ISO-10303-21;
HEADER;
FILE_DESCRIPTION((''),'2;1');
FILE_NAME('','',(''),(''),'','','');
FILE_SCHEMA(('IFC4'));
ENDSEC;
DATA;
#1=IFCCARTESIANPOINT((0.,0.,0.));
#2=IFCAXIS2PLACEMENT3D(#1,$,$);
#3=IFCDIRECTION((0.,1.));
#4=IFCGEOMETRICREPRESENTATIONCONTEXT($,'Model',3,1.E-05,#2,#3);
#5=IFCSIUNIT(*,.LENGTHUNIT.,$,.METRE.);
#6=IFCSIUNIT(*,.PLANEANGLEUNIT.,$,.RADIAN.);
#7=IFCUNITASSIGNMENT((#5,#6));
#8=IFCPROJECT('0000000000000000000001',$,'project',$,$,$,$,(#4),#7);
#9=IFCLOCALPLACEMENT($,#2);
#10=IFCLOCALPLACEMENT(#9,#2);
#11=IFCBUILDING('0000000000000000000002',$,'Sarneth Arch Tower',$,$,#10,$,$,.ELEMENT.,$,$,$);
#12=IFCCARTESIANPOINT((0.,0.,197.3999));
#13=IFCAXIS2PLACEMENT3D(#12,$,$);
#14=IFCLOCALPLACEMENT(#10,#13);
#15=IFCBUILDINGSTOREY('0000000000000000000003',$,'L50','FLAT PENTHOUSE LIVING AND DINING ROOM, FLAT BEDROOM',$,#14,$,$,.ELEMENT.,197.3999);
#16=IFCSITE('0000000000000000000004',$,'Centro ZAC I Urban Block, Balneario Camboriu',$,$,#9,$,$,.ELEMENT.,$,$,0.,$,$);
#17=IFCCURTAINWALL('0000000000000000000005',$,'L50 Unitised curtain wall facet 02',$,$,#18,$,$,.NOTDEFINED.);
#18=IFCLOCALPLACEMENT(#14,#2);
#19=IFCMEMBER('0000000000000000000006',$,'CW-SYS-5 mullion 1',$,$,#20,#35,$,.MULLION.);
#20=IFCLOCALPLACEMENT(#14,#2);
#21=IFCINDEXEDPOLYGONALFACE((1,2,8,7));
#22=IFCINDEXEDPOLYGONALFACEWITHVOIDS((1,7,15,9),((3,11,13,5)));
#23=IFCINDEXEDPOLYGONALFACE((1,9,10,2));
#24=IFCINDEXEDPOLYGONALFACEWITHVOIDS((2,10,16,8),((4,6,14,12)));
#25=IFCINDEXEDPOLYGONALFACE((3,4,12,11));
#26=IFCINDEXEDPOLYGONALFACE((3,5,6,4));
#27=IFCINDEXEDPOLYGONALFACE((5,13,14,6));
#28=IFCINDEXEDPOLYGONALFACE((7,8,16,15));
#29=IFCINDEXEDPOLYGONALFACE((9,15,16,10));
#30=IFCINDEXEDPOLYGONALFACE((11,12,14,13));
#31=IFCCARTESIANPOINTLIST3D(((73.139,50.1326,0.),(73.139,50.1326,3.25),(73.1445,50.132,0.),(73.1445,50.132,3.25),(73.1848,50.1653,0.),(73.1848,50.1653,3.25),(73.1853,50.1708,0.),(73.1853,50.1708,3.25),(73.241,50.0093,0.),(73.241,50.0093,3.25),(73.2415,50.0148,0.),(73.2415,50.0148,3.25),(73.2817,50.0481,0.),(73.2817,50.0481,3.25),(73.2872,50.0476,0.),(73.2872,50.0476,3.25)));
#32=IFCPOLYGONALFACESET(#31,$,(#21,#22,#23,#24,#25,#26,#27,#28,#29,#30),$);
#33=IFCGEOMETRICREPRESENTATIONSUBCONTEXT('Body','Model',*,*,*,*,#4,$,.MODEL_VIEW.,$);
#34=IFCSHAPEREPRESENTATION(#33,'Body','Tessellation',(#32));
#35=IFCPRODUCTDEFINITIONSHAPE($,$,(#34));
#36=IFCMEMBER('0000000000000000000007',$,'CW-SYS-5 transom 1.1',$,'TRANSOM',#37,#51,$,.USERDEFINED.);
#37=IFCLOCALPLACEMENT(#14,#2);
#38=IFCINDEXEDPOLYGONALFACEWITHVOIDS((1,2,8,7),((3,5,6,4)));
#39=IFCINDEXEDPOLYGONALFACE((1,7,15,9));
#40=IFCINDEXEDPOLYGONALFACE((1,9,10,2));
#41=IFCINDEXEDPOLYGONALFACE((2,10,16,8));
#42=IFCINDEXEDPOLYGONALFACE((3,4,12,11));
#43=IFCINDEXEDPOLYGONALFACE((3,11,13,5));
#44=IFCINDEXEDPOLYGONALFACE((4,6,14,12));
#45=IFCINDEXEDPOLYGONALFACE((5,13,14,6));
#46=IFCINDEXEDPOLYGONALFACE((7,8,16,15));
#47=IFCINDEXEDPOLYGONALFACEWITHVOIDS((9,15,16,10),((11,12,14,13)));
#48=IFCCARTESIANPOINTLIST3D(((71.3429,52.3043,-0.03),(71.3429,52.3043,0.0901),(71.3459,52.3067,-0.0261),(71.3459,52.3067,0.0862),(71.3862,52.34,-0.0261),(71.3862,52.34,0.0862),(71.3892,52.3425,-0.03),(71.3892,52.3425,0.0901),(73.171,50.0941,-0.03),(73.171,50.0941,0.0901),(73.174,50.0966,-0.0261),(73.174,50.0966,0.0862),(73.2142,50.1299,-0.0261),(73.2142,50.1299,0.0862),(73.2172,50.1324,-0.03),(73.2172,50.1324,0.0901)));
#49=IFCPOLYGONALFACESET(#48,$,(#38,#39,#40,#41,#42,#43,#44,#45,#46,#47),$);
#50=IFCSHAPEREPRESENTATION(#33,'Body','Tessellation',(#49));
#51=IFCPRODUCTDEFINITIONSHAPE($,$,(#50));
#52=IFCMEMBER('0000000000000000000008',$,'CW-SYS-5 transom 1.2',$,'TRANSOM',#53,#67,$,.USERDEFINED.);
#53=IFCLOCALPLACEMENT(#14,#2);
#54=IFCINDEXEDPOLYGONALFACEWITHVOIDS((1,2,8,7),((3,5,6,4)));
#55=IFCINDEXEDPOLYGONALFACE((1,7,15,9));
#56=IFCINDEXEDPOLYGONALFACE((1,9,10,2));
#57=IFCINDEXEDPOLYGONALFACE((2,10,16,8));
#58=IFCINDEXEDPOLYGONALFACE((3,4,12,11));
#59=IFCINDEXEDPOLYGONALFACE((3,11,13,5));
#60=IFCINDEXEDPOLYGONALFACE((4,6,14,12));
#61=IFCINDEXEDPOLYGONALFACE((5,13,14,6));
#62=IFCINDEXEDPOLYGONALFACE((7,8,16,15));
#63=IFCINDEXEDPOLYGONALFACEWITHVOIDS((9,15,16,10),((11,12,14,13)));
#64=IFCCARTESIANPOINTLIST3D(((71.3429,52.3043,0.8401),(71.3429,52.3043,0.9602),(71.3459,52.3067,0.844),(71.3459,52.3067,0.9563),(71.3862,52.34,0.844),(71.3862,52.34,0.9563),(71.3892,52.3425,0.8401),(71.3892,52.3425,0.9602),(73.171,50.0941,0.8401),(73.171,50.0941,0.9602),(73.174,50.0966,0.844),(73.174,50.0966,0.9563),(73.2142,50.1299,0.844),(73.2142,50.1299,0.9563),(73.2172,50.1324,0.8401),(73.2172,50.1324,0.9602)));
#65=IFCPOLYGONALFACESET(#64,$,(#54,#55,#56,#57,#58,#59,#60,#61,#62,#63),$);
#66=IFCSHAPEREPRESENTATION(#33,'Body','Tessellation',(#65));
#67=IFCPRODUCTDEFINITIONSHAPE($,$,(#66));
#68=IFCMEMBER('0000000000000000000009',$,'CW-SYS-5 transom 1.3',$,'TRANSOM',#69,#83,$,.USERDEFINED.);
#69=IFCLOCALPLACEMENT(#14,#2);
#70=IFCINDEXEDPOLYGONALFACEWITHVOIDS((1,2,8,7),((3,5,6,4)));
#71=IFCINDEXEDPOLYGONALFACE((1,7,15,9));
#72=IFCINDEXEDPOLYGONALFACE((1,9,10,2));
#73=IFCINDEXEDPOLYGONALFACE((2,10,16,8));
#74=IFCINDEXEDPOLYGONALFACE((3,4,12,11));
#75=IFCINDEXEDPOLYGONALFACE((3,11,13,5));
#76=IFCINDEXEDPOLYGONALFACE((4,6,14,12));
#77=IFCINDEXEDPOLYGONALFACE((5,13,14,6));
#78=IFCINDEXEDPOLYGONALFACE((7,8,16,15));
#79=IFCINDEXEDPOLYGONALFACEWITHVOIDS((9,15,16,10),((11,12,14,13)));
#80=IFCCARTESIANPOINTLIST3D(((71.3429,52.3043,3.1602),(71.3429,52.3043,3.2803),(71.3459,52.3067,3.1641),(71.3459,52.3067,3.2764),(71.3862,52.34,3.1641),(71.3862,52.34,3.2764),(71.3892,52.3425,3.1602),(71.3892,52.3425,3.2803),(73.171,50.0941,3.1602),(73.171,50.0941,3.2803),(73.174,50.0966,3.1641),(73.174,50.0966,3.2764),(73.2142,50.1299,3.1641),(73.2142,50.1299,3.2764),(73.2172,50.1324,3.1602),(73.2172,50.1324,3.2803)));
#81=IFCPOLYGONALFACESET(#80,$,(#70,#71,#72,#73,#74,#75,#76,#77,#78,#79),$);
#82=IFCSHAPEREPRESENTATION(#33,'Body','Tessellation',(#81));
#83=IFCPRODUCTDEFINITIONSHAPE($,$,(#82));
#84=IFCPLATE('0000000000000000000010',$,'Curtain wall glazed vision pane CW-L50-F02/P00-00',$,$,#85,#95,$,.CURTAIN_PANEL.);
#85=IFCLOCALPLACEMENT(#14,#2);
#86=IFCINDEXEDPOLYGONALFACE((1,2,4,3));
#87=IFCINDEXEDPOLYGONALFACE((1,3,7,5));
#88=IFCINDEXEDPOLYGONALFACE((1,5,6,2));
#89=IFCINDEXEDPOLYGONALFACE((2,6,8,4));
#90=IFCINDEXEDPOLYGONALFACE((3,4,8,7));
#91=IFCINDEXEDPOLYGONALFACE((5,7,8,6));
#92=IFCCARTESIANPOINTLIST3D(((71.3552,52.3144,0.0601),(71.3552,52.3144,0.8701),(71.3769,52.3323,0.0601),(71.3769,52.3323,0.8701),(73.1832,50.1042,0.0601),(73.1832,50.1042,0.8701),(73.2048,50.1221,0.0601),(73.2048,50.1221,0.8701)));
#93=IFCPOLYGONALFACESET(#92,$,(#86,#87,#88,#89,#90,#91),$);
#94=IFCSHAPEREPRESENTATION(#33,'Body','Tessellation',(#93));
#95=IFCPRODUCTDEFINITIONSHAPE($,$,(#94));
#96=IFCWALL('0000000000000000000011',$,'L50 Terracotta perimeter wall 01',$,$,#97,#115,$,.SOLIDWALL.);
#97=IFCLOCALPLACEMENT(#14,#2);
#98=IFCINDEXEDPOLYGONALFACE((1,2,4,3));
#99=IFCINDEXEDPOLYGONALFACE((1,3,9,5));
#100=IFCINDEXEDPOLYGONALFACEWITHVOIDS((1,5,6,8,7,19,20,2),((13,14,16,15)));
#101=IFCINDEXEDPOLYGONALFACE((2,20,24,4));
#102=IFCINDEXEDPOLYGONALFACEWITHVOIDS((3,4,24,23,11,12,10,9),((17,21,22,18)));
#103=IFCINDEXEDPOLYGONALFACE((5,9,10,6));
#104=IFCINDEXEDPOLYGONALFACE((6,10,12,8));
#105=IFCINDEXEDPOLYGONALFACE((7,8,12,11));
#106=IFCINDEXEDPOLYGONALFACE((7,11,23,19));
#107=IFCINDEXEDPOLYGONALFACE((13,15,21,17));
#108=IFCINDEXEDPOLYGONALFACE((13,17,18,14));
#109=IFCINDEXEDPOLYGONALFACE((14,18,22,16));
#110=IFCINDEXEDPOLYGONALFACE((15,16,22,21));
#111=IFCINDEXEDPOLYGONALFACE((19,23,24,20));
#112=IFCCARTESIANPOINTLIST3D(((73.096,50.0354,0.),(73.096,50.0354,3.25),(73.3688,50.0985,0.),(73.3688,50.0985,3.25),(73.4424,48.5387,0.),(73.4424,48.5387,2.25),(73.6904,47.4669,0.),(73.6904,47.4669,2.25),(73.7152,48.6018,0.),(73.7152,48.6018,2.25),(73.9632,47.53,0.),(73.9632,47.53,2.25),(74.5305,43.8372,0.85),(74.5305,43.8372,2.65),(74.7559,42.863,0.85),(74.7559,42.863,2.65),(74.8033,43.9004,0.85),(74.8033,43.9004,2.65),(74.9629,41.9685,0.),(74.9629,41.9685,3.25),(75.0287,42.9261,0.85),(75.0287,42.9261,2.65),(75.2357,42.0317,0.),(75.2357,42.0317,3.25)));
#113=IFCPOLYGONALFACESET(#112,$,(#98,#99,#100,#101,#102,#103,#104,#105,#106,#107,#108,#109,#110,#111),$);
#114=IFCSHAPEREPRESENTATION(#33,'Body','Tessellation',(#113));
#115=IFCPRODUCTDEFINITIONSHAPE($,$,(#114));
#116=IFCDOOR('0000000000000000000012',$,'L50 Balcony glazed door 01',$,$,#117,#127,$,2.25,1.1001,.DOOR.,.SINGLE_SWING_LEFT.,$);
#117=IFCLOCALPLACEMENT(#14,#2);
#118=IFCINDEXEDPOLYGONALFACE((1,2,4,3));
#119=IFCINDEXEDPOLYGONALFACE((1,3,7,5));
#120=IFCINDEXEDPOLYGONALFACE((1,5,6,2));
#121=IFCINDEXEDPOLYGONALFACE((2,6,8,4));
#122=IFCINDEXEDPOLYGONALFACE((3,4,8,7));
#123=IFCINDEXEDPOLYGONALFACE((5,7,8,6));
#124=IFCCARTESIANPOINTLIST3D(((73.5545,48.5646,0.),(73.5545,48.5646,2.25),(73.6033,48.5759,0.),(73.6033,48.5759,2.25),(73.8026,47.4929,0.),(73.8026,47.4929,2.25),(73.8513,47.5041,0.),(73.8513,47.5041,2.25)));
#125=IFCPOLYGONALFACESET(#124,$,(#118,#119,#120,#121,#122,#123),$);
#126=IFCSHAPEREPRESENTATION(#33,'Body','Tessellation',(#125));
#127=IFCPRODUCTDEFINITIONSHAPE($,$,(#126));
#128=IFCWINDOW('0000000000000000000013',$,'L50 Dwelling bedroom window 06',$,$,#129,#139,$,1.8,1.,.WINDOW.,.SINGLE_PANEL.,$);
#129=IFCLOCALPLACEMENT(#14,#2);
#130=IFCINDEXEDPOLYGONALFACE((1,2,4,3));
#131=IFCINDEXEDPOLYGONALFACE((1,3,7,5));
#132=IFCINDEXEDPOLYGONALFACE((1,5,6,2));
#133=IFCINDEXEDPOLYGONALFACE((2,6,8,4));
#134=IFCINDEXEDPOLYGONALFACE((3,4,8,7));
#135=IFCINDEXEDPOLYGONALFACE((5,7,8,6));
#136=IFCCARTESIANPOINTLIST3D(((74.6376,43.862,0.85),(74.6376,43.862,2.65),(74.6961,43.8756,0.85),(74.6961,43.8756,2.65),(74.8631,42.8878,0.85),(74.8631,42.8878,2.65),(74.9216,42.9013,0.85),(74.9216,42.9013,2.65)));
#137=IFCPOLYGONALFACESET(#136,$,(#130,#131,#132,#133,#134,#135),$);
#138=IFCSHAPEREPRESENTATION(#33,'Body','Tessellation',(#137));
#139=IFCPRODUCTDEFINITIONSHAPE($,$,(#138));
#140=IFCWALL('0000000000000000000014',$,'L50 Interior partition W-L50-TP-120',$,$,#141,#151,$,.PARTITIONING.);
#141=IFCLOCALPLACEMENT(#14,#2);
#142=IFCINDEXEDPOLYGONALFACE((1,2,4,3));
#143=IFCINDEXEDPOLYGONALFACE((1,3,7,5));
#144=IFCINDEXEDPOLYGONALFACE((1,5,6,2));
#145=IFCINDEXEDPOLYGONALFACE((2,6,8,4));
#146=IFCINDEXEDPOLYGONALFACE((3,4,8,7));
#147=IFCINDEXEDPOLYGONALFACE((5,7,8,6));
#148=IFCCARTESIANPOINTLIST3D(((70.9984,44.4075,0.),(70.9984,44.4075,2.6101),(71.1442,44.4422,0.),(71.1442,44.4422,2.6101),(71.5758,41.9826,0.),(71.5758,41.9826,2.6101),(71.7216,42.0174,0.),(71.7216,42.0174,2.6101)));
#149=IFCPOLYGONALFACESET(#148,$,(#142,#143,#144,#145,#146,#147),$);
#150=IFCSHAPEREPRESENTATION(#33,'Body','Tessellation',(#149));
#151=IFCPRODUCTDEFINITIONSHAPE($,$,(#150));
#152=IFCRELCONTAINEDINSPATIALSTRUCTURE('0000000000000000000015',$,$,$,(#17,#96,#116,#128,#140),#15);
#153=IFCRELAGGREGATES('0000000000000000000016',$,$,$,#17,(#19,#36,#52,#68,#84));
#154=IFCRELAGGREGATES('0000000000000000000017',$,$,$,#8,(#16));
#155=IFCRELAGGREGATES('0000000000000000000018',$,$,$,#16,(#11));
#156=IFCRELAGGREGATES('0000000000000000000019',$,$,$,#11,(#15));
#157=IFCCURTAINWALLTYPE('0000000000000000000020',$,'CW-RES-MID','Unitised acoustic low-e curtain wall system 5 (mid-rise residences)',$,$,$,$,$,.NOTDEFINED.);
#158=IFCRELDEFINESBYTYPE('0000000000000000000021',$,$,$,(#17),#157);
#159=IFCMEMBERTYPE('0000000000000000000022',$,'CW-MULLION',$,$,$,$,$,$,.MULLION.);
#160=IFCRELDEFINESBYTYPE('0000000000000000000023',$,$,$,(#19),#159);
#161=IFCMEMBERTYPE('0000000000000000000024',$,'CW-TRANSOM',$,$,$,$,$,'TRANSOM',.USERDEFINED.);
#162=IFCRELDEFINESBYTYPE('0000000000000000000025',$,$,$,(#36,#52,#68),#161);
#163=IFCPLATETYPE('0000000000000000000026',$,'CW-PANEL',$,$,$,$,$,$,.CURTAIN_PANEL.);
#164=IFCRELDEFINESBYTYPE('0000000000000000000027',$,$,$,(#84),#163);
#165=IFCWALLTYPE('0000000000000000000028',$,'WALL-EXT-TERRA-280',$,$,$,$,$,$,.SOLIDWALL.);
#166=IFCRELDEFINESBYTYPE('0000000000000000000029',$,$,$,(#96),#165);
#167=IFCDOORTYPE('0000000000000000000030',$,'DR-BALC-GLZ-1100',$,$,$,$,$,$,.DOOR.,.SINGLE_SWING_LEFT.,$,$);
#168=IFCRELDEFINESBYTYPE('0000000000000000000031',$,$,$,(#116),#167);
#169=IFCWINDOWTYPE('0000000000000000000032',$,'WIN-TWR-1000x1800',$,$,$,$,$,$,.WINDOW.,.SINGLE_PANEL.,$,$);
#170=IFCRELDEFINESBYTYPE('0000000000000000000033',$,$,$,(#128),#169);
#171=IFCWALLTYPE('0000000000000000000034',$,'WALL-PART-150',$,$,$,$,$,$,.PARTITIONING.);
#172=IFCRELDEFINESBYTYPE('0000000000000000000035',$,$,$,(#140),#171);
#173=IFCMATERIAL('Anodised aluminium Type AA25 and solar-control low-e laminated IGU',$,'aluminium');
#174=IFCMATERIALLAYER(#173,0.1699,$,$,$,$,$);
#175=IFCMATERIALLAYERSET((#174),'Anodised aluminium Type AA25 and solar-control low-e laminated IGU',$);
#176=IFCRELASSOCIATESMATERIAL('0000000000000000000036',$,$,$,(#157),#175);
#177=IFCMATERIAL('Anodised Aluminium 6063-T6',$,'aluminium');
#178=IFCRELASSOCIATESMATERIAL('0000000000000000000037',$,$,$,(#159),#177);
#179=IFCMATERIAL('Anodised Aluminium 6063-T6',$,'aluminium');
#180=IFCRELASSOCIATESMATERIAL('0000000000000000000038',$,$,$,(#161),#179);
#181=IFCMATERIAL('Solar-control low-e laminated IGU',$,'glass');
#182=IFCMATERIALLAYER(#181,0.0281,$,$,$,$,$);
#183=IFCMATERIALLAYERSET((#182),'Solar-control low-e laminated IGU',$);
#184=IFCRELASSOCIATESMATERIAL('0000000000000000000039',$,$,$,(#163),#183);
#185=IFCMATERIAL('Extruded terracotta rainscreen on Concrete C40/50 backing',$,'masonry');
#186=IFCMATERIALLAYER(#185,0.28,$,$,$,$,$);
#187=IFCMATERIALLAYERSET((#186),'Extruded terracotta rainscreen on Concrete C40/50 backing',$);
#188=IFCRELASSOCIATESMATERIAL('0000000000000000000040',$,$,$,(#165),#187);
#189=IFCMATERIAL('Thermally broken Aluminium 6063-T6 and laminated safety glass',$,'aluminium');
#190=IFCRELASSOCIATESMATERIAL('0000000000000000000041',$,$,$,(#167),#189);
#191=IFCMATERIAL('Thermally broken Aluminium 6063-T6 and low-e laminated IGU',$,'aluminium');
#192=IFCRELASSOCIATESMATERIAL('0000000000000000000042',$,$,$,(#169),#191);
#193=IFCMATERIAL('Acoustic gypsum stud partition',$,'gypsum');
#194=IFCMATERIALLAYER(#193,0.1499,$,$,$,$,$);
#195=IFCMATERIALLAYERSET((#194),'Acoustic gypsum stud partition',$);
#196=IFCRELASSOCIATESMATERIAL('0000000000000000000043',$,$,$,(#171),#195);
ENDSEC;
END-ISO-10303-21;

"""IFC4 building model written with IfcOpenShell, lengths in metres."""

from ifc_helpers import new_model, si_unit, direction, frame, frame_2d, origin, origin_2d, place, context, subcontext, project, spatial, rectangle, hollow_rectangle, extrude, material, layer, layer_set, material_profile, profile_set, type_object, element, fill, aggregate, save


model = new_model("IFC4")

# Units and contexts
model_context = context("Model", 3, precision=1e-05, world=origin(), true_north=direction((0.0, 1.0)))
body_context = subcontext(model_context, "Body", "Model", "MODEL_VIEW")
ifc_project = project(units=[si_unit("LENGTHUNIT", "METRE"), si_unit("PLANEANGLEUNIT", "RADIAN")], contexts=[model_context])

# Site, building, storey
site_placement = place(None, origin())
site = spatial("IfcSite", under=ifc_project, at=site_placement, Name="Centro ZAC I Urban Block, Balneario Camboriu", CompositionType="ELEMENT", RefElevation=0.0)
building_placement = place(site_placement, origin())
building = spatial("IfcBuilding", under=site, at=building_placement, Name="Sarneth Arch Tower", CompositionType="ELEMENT")
storey_placement = place(building_placement, frame((0.0, 0.0, 197.3999)))
storey = spatial("IfcBuildingStorey", under=building, at=storey_placement, Name="L50", Description="FLAT PENTHOUSE LIVING AND DINING ROOM, FLAT BEDROOM", CompositionType="ELEMENT", Elevation=197.3999)

# Curtain wall, members, plate
ifc_material_1 = material(Name="Anodised aluminium Type AA25 and solar-control low-e laminated IGU", Category="aluminium")
ifc_layer_1 = layer(ifc_material_1, 0.1699)
ifc_layer_set_1 = layer_set([ifc_layer_1], Name="Anodised aluminium Type AA25 and solar-control low-e laminated IGU")
curtain_wall_type = type_object("IfcCurtainWallType", Name="CW-RES-MID", Description="Unitised acoustic low-e curtain wall system 5 (mid-rise residences)", PredefinedType="NOTDEFINED", material=ifc_layer_set_1)
curtain_wall_placement = place(storey_placement, origin())
curtain_wall = element("IfcCurtainWall", 1, at=curtain_wall_placement, inside=storey, type_object=curtain_wall_type, Name="L50 Unitised curtain wall facet 02", PredefinedType="NOTDEFINED")
ifc_material_2 = material(Name="Anodised Aluminium 6063-T6", Category="aluminium")
ifc_material_profile_1 = material_profile(ifc_material_2, hollow_rectangle(XDim=0.0601, YDim=0.1599, WallThickness=0.0039, at=origin_2d()), Name="AL-MULL-160x60x4")
ifc_profile_set_1 = profile_set([ifc_material_profile_1], Name="Anodised Aluminium 6063-T6")
member_type_1 = type_object("IfcMemberType", Name="CW-MULLION", PredefinedType="MULLION", material=ifc_profile_set_1)
member_1_placement = place(storey_placement, frame((73.2131, 50.0901, 0.0), z_axis=(0.0, 0.0, 1.0), x_axis=(-0.770591, -0.63733, 0.0)))
member_1 = element("IfcMember", 2, at=member_1_placement, type_object=member_type_1, Name="CW-SYS-5 mullion 1", PredefinedType="MULLION", context=body_context, shape_type="SweptSolid", body=[
    extrude(hollow_rectangle(XDim=0.0601, YDim=0.1599, WallThickness=0.0039, at=origin_2d()), origin(), (0.0, 0.0, 1.0), 3.25),
])
ifc_material_3 = material(Name="Anodised Aluminium 6063-T6", Category="aluminium")
ifc_material_profile_2 = material_profile(ifc_material_3, hollow_rectangle(XDim=0.0601, YDim=0.1201, WallThickness=0.0039, at=origin_2d()), Name="AL-TRAN-120x60x4")
ifc_profile_set_2 = profile_set([ifc_material_profile_2], Name="Anodised Aluminium 6063-T6")
member_type_2 = type_object("IfcMemberType", Name="CW-TRANSOM", ElementType="TRANSOM", PredefinedType="USERDEFINED", material=ifc_profile_set_2)
member_2_placement = place(storey_placement, frame((73.1941, 50.1133, 0.03), z_axis=(-0.637359, 0.770567, 0.0), x_axis=(-0.770567, -0.637359, 0.0)))
member_2 = element("IfcMember", 3, at=member_2_placement, type_object=member_type_2, Name="CW-SYS-5 transom 1.1", ObjectType="TRANSOM", PredefinedType="USERDEFINED", context=body_context, shape_type="SweptSolid", body=[
    extrude(hollow_rectangle(XDim=0.0601, YDim=0.1201, WallThickness=0.0039, at=origin_2d()), origin(), (0.0, 0.0, 1.0), 2.8682),
])
member_3_placement = place(storey_placement, frame((73.1941, 50.1133, 0.9001), z_axis=(-0.637359, 0.770567, 0.0), x_axis=(-0.770567, -0.637359, 0.0)))
member_3 = element("IfcMember", 4, at=member_3_placement, type_object=member_type_2, Name="CW-SYS-5 transom 1.2", ObjectType="TRANSOM", PredefinedType="USERDEFINED", context=body_context, shape_type="SweptSolid", body=[
    extrude(hollow_rectangle(XDim=0.0601, YDim=0.1201, WallThickness=0.0039, at=origin_2d()), origin(), (0.0, 0.0, 1.0), 2.8682),
])
member_4_placement = place(storey_placement, frame((73.1941, 50.1133, 3.2202), z_axis=(-0.637359, 0.770567, 0.0), x_axis=(-0.770567, -0.637359, 0.0)))
member_4 = element("IfcMember", 5, at=member_4_placement, type_object=member_type_2, Name="CW-SYS-5 transom 1.3", ObjectType="TRANSOM", PredefinedType="USERDEFINED", context=body_context, shape_type="SweptSolid", body=[
    extrude(hollow_rectangle(XDim=0.0601, YDim=0.1201, WallThickness=0.0039, at=origin_2d()), origin(), (0.0, 0.0, 1.0), 2.8682),
])
ifc_material_4 = material(Name="Solar-control low-e laminated IGU", Category="glass")
ifc_layer_2 = layer(ifc_material_4, 0.0281)
ifc_layer_set_2 = layer_set([ifc_layer_2], Name="Solar-control low-e laminated IGU")
plate_type = type_object("IfcPlateType", Name="CW-PANEL", PredefinedType="CURTAIN_PANEL", material=ifc_layer_set_2)
plate_placement = place(storey_placement, frame((72.28, 51.2183, 0.0601), z_axis=(0.0, 0.0, 1.0), x_axis=(-0.63733, 0.770591, 0.0)))
plate = element("IfcPlate", 6, at=plate_placement, type_object=plate_type, Name="Curtain wall glazed vision pane CW-L50-F02/P00-00", PredefinedType="CURTAIN_PANEL", context=body_context, shape_type="SweptSolid", body=[
    extrude(rectangle(XDim=2.8682, YDim=0.0281, at=origin_2d()), origin(), (0.0, 0.0, 1.0), 0.8101),
])
aggregate(curtain_wall, [member_1, member_2, member_3, member_4, plate])

# Wall, openings, door, window
ifc_material_5 = material(Name="Extruded terracotta rainscreen on Concrete C40/50 backing", Category="masonry")
ifc_layer_3 = layer(ifc_material_5, 0.28)
ifc_layer_set_3 = layer_set([ifc_layer_3], Name="Extruded terracotta rainscreen on Concrete C40/50 backing")
wall_type_1 = type_object("IfcWallType", Name="WALL-EXT-TERRA-280", PredefinedType="SOLIDWALL", material=ifc_layer_set_3)
wall_1_placement = place(storey_placement, frame((75.0994, 42.0, 0.0), z_axis=(0.0, 0.0, 1.0), x_axis=(-0.225473, 0.974249, 0.0)))
wall_1 = element("IfcWall", 7, at=wall_1_placement, inside=storey, type_object=wall_type_1, Name="L50 Terracotta perimeter wall 01", PredefinedType="SOLIDWALL", context=body_context, shape_type="SweptSolid", body=[
    extrude(rectangle(XDim=8.28, YDim=0.28, at=frame_2d((4.1401, 0.0))), origin(), (0.0, 0.0, 1.0), 3.25),
])
opening_1_placement = place(wall_1_placement, frame((5.6438, 0.0, 0.0)))
opening_1 = element("IfcOpeningElement", 8, at=opening_1_placement, cuts=wall_1, PredefinedType="OPENING", context=body_context, shape_type="SweptSolid", body=[
    extrude(rectangle(XDim=1.1001, YDim=2.25, at=frame_2d((0.55, 1.125))), frame((0.0, 0.1499, 0.0), z_axis=(0.0, -1.0, 0.0), x_axis=(1.0, 0.0, 0.0)), (0.0, 0.0, 1.0), 0.3),
])
opening_2_placement = place(wall_1_placement, frame((0.9182, 0.0, 0.8501)))
opening_2 = element("IfcOpeningElement", 9, at=opening_2_placement, cuts=wall_1, PredefinedType="OPENING", context=body_context, shape_type="SweptSolid", body=[
    extrude(rectangle(XDim=1.0, YDim=1.8, at=frame_2d((0.5, 0.8999))), frame((0.0, 0.1499, 0.0), z_axis=(0.0, -1.0, 0.0), x_axis=(1.0, 0.0, 0.0)), (0.0, 0.0, 1.0), 0.3),
])
ifc_material_6 = material(Name="Thermally broken Aluminium 6063-T6 and laminated safety glass", Category="aluminium")
door_type_1 = type_object("IfcDoorType", Name="DR-BALC-GLZ-1100", OperationType="SINGLE_SWING_LEFT", PredefinedType="DOOR", material=ifc_material_6)
door_1_placement = place(opening_1_placement, origin())
door_1 = element("IfcDoor", 10, at=door_1_placement, inside=storey, type_object=door_type_1, Name="L50 Balcony glazed door 01", OperationType="SINGLE_SWING_LEFT", OverallHeight=2.25, OverallWidth=1.1001, PredefinedType="DOOR", context=body_context, shape_type="SweptSolid", body=[
    extrude(rectangle(XDim=1.1001, YDim=2.25, at=frame_2d((0.55, 1.125))), frame((0.0, 0.0249, 0.0), z_axis=(0.0, -1.0, 0.0), x_axis=(1.0, 0.0, 0.0)), (0.0, 0.0, 1.0), 0.05),
])
fill(opening_1, door_1)
ifc_material_7 = material(Name="Thermally broken Aluminium 6063-T6 and low-e laminated IGU", Category="aluminium")
window_type = type_object("IfcWindowType", Name="WIN-TWR-1000x1800", PartitioningType="SINGLE_PANEL", PredefinedType="WINDOW", material=ifc_material_7)
window_placement = place(opening_2_placement, origin())
window = element("IfcWindow", 11, at=window_placement, inside=storey, type_object=window_type, Name="L50 Dwelling bedroom window 06", OverallHeight=1.8, OverallWidth=1.0, PartitioningType="SINGLE_PANEL", PredefinedType="WINDOW", context=body_context, shape_type="SweptSolid", body=[
    extrude(rectangle(XDim=1.0, YDim=1.8, at=frame_2d((0.5, 0.8999))), frame((0.0, 0.03, 0.0), z_axis=(0.0, -1.0, 0.0), x_axis=(1.0, 0.0, 0.0)), (0.0, 0.0, 1.0), 0.0601),
])
fill(opening_2, window)

# Wall
ifc_material_8 = material(Name="Acoustic gypsum stud partition", Category="gypsum")
ifc_layer_4 = layer(ifc_material_8, 0.1499)
ifc_layer_set_4 = layer_set([ifc_layer_4], Name="Acoustic gypsum stud partition")
wall_type_2 = type_object("IfcWallType", Name="WALL-PART-150", PredefinedType="PARTITIONING", material=ifc_layer_set_4)
wall_2_placement = place(storey_placement, frame((71.6487, 42.0, 0.0), z_axis=(0.0, 0.0, 1.0), x_axis=(-0.231643, 0.972801, 0.0)))
element("IfcWall", 12, at=wall_2_placement, inside=storey, type_object=wall_type_2, Name="L50 Interior partition W-L50-TP-120", PredefinedType="PARTITIONING", context=body_context, shape_type="SweptSolid", body=[
    extrude(rectangle(XDim=2.4927, YDim=0.1499, at=frame_2d((1.2463, 0.0))), origin(), (0.0, 0.0, 1.0), 2.6101),
])

save(model, "model.ifc")
